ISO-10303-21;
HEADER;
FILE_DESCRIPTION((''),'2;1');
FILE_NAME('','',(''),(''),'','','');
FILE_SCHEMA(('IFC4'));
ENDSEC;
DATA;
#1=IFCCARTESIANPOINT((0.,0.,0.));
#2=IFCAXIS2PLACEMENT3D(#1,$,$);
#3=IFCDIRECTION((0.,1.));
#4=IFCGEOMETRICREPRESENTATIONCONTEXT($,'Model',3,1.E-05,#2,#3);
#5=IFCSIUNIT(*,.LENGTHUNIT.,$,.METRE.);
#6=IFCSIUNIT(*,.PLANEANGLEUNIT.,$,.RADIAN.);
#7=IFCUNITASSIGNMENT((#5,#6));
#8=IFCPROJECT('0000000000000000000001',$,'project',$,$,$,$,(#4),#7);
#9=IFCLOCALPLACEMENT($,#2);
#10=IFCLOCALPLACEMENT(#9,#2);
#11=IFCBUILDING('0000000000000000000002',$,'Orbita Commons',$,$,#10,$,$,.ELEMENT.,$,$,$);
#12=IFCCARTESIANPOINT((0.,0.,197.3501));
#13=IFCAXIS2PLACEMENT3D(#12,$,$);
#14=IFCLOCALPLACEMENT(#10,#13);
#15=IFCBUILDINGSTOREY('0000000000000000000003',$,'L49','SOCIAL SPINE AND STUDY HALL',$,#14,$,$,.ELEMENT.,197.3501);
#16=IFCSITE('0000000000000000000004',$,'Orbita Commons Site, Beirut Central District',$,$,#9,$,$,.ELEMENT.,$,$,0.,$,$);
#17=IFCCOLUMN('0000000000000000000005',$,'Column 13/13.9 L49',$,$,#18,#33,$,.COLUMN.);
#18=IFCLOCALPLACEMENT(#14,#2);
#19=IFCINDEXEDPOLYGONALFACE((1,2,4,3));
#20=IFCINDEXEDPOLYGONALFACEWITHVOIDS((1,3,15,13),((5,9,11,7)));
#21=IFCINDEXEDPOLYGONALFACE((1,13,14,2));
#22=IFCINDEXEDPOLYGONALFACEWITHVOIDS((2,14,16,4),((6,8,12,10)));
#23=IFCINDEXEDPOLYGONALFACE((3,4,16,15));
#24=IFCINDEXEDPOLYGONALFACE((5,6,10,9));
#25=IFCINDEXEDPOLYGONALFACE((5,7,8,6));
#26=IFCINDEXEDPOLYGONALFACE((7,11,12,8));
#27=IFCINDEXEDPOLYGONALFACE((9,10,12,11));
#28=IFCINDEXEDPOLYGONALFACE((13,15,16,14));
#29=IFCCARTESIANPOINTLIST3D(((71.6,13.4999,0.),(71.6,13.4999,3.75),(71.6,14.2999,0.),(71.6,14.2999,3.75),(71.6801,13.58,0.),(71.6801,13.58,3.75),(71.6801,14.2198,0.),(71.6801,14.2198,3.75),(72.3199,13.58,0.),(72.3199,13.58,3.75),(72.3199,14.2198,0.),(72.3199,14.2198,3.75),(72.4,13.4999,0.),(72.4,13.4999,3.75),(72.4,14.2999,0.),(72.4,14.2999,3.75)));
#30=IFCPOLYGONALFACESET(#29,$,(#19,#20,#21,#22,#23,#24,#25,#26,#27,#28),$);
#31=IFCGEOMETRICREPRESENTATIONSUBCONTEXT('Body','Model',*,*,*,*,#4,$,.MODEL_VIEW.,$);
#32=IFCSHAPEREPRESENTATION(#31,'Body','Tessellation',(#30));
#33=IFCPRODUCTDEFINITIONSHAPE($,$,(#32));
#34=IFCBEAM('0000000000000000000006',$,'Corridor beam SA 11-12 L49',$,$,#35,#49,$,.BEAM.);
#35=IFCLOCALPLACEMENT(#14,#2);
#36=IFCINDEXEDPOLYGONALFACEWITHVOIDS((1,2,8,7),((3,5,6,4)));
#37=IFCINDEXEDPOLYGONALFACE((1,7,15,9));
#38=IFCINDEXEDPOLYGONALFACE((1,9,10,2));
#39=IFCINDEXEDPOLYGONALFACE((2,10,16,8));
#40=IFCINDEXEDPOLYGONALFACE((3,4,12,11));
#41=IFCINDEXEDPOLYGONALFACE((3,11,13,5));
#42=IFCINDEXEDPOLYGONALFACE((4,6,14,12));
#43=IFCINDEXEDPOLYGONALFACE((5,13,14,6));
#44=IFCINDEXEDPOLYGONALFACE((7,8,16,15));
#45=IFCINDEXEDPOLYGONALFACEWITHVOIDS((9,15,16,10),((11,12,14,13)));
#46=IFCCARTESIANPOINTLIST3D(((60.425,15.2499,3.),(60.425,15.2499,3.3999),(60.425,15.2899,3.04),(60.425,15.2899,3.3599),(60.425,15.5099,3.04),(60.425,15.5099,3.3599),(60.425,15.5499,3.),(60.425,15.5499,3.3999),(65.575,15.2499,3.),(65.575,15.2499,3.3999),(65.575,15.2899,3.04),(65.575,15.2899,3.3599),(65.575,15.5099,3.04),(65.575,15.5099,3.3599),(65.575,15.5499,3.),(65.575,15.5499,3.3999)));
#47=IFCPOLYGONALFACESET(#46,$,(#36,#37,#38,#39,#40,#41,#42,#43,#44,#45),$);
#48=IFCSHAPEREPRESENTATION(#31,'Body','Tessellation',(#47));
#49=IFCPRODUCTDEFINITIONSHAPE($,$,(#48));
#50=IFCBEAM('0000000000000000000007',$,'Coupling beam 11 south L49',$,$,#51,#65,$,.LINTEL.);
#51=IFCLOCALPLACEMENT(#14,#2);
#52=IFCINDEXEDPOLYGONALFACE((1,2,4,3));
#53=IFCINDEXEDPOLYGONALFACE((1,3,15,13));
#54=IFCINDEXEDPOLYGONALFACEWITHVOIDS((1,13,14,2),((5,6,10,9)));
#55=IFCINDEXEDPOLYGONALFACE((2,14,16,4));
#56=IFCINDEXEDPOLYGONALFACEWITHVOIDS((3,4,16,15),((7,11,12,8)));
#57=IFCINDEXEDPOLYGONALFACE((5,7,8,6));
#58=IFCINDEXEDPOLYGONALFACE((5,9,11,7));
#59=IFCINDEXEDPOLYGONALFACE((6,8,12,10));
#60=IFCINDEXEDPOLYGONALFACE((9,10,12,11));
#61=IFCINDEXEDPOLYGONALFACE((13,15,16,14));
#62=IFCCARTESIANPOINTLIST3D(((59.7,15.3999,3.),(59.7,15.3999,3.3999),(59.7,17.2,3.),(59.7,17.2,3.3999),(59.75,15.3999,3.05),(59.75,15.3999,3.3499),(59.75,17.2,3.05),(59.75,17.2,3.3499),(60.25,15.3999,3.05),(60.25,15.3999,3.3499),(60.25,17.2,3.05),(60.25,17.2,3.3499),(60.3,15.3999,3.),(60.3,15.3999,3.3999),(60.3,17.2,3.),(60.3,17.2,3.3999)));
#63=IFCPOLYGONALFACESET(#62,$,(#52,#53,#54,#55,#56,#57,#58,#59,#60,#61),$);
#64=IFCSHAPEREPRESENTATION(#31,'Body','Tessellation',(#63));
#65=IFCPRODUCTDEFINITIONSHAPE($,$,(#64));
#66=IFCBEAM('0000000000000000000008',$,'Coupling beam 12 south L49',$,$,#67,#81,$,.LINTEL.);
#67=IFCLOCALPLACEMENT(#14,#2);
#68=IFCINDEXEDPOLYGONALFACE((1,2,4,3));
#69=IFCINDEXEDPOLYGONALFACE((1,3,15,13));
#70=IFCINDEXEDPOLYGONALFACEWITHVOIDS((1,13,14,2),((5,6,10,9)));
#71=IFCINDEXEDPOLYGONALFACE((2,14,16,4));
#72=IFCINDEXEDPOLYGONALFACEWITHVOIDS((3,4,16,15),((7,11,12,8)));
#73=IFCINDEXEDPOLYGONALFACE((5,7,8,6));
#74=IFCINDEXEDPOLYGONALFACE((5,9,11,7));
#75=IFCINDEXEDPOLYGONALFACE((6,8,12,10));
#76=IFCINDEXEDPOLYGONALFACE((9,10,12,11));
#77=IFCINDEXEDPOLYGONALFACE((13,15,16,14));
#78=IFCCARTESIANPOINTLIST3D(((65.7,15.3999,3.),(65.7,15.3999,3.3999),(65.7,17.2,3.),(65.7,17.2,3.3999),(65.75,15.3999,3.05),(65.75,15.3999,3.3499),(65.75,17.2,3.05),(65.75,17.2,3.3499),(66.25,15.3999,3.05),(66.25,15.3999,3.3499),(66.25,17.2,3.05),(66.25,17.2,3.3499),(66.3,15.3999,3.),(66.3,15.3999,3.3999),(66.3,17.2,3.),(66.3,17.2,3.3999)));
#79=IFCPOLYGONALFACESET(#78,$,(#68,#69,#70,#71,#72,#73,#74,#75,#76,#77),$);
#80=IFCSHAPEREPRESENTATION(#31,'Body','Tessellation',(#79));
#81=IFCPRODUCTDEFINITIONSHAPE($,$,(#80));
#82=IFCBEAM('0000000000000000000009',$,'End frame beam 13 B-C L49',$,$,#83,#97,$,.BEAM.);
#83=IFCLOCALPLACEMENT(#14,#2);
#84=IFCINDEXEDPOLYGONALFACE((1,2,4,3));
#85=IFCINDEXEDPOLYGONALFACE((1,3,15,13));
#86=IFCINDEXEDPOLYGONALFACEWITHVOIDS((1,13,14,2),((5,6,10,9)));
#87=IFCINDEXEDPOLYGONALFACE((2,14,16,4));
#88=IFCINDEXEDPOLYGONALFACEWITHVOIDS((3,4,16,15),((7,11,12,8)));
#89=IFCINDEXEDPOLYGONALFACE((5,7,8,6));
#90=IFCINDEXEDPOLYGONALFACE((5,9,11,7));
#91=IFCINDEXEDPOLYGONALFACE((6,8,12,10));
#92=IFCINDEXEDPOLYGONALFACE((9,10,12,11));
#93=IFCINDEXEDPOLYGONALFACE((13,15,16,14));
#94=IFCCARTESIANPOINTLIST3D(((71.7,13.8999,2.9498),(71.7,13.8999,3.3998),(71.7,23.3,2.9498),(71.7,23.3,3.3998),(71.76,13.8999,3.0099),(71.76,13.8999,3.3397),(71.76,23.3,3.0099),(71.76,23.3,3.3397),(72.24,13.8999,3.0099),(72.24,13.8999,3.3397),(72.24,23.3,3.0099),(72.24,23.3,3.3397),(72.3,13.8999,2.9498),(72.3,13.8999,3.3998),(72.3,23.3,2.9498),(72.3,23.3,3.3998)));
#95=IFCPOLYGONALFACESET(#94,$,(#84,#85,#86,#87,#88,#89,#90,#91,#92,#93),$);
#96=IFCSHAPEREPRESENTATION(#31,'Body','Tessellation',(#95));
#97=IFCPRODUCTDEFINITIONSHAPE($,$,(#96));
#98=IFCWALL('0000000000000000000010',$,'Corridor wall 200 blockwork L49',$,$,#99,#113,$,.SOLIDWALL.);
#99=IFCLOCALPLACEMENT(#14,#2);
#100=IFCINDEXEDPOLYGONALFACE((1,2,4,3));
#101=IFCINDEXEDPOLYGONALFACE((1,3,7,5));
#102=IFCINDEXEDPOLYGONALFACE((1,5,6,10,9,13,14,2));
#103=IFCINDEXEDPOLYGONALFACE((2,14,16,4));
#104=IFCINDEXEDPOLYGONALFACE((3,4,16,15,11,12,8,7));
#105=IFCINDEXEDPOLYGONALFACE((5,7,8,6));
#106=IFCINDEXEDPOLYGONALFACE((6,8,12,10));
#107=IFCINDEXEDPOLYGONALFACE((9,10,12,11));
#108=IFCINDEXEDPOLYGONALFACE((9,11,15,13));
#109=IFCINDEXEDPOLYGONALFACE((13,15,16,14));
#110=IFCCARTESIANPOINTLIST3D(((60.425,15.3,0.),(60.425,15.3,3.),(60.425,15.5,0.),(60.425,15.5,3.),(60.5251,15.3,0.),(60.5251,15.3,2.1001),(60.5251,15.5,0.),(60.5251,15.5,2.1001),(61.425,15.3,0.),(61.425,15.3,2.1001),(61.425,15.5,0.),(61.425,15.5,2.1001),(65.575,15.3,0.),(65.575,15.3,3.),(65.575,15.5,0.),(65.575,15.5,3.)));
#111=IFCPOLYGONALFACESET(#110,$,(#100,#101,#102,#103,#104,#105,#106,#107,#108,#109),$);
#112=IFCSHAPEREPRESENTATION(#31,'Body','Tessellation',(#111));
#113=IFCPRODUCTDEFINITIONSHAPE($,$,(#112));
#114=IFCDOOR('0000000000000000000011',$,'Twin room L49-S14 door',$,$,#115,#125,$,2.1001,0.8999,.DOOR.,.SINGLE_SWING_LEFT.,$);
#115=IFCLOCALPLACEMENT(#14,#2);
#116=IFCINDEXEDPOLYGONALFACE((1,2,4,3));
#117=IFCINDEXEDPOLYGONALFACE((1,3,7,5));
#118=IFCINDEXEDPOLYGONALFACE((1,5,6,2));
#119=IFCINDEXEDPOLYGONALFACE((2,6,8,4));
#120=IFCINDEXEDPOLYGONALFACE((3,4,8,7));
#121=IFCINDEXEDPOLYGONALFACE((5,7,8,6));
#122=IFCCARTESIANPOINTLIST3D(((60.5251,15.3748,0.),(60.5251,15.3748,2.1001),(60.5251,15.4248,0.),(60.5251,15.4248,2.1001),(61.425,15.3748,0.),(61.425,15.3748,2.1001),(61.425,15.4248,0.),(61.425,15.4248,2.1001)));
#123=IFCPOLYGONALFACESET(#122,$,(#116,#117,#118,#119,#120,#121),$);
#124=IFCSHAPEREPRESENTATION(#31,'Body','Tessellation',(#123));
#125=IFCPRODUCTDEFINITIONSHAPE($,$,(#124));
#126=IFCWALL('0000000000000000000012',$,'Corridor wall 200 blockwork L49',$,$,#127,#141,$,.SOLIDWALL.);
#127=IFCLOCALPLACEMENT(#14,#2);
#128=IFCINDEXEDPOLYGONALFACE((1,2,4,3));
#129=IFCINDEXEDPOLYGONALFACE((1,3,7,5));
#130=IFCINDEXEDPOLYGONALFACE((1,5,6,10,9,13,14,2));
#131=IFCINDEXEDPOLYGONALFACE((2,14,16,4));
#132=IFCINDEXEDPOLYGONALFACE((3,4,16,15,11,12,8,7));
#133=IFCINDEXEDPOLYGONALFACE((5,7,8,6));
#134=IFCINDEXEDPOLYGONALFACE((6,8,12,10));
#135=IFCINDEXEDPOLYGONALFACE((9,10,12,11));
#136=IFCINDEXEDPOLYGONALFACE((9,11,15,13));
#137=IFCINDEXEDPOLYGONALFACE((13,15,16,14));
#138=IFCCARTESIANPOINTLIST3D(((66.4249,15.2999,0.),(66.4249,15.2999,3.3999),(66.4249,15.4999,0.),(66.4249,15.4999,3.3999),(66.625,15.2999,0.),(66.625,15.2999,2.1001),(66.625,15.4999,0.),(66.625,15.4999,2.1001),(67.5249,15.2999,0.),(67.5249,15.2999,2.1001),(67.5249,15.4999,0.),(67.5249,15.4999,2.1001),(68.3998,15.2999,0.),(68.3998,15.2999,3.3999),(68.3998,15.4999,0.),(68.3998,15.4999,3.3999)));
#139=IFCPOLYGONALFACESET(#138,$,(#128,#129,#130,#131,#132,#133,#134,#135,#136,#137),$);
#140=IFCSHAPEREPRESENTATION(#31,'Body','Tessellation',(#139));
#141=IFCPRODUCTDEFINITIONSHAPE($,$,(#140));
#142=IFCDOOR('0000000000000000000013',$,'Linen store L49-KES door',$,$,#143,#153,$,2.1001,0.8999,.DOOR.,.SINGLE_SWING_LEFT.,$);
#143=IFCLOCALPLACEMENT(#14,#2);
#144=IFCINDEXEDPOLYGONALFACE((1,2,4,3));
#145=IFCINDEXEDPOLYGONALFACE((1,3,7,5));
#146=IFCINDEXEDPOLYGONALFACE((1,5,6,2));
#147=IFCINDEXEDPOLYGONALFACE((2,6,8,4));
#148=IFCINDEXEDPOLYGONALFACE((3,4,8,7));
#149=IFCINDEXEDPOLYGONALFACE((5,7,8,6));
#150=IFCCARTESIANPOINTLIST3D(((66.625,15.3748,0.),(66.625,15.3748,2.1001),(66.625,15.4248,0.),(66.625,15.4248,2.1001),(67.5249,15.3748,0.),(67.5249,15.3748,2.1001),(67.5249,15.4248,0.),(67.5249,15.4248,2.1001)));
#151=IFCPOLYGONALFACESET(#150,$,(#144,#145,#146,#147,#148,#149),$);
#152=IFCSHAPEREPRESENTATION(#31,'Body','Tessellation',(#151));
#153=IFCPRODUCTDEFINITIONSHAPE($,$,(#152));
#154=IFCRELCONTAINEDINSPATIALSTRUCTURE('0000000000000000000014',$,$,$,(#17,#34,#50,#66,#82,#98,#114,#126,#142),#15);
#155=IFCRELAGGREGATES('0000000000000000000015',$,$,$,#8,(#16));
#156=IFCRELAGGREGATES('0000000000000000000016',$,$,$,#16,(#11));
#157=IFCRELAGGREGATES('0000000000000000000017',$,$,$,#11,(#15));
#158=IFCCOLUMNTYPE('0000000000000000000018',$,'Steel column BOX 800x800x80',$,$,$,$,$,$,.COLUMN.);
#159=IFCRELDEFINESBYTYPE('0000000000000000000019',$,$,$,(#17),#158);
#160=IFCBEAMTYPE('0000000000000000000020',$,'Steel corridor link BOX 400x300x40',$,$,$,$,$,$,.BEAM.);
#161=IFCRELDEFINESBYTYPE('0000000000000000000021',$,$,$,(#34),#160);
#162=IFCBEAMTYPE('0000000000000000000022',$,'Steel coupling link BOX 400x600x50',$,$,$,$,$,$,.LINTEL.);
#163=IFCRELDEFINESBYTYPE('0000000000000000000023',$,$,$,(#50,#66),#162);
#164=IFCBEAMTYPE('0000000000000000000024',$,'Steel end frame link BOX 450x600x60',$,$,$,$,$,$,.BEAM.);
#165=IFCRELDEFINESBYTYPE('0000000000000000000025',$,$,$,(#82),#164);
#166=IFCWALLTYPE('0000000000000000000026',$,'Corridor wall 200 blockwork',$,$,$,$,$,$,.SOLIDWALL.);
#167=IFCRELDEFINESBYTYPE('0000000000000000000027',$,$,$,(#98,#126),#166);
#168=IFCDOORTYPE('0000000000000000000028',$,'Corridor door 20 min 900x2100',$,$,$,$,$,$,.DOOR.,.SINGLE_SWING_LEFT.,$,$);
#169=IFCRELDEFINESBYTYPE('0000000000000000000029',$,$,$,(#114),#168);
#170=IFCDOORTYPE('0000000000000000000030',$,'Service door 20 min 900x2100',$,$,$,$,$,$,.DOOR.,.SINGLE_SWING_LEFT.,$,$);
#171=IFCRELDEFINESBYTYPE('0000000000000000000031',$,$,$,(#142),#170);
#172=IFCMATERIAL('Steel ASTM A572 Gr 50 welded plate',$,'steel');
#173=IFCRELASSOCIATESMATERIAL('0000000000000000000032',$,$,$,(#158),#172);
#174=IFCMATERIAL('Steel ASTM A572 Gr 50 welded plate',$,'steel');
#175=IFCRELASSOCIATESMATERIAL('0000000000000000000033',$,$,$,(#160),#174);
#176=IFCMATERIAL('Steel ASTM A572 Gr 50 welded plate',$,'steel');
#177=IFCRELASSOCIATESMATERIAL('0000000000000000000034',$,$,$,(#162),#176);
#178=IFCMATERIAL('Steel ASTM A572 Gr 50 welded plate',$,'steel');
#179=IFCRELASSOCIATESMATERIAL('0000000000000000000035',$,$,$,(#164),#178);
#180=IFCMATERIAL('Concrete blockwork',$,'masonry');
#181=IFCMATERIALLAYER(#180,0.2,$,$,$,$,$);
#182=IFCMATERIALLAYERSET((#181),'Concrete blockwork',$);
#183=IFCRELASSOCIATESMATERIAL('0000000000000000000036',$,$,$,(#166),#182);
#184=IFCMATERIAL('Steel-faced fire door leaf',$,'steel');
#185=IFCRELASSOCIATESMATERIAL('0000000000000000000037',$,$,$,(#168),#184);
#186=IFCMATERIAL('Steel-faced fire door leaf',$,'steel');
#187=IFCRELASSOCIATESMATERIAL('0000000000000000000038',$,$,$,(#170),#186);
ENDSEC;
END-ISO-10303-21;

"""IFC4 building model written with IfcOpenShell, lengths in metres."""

from ifc_helpers import new_model, si_unit, direction, frame, frame_2d, origin, origin_2d, place, context, subcontext, project, spatial, polyline, rectangle, hollow_rectangle, outline, extrude, material, layer, layer_set, material_profile, profile_set, type_object, element, fill, save


model = new_model("IFC4")

# Units and contexts
model_context = context("Model", 3, precision=1e-05, world=origin(), true_north=direction((0.0, 1.0)))
body_context = subcontext(model_context, "Body", "Model", "MODEL_VIEW")
ifc_project = project(units=[si_unit("LENGTHUNIT", "METRE"), si_unit("PLANEANGLEUNIT", "RADIAN")], contexts=[model_context])

# Site, building, storey
site_placement = place(None, origin())
site = spatial("IfcSite", under=ifc_project, at=site_placement, Name="Orbita Commons Site, Beirut Central District", CompositionType="ELEMENT", RefElevation=0.0)
building_placement = place(site_placement, origin())
building = spatial("IfcBuilding", under=site, at=building_placement, Name="Orbita Commons", CompositionType="ELEMENT")
storey_placement = place(building_placement, frame((0.0, 0.0, 197.3501)))
storey = spatial("IfcBuildingStorey", under=building, at=storey_placement, Name="L49", Description="SOCIAL SPINE AND STUDY HALL", CompositionType="ELEMENT", Elevation=197.3501)

# Column
ifc_material_1 = material(Name="Steel ASTM A572 Gr 50 welded plate", Category="steel")
ifc_material_profile_1 = material_profile(ifc_material_1, hollow_rectangle(XDim=0.8, YDim=0.8, WallThickness=0.0801, at=origin_2d()), Name="BOX 800x800x80")
ifc_profile_set_1 = profile_set([ifc_material_profile_1], Name="Steel ASTM A572 Gr 50 welded plate")
column_type = type_object("IfcColumnType", Name="Steel column BOX 800x800x80", PredefinedType="COLUMN", material=ifc_profile_set_1)
column_placement = place(storey_placement, frame((72.0, 13.8999, 0.0), z_axis=(0.0, 0.0, 1.0), x_axis=(1.0, 0.0, 0.0)))
element("IfcColumn", 1, at=column_placement, inside=storey, type_object=column_type, Name="Column 13/13.9 L49", PredefinedType="COLUMN", context=body_context, shape_type="SweptSolid", body=[
    extrude(hollow_rectangle(XDim=0.8, YDim=0.8, WallThickness=0.0801, at=origin_2d()), origin(), (0.0, 0.0, 1.0), 3.75),
])

# Beams
ifc_material_2 = material(Name="Steel ASTM A572 Gr 50 welded plate", Category="steel")
ifc_material_profile_2 = material_profile(ifc_material_2, hollow_rectangle(XDim=0.3, YDim=0.3999, WallThickness=0.04, at=origin_2d()), Name="BOX 400x300x40")
ifc_profile_set_2 = profile_set([ifc_material_profile_2], Name="Steel ASTM A572 Gr 50 welded plate")
beam_type_1 = type_object("IfcBeamType", Name="Steel corridor link BOX 400x300x40", PredefinedType="BEAM", material=ifc_profile_set_2)
beam_1_placement = place(storey_placement, frame((60.425, 15.3999, 3.2), z_axis=(1.0, 0.0, 0.0), x_axis=(0.0, 1.0, 0.0)))
element("IfcBeam", 2, at=beam_1_placement, inside=storey, type_object=beam_type_1, Name="Corridor beam SA 11-12 L49", PredefinedType="BEAM", context=body_context, shape_type="SweptSolid", body=[
    extrude(hollow_rectangle(XDim=0.3, YDim=0.3999, WallThickness=0.04, at=origin_2d()), origin(), (0.0, 0.0, 1.0), 5.1499),
])
ifc_material_3 = material(Name="Steel ASTM A572 Gr 50 welded plate", Category="steel")
ifc_material_profile_3 = material_profile(ifc_material_3, hollow_rectangle(XDim=0.6001, YDim=0.3999, WallThickness=0.05, at=origin_2d()), Name="BOX 400x600x50")
ifc_profile_set_3 = profile_set([ifc_material_profile_3], Name="Steel ASTM A572 Gr 50 welded plate")
beam_type_2 = type_object("IfcBeamType", Name="Steel coupling link BOX 400x600x50", PredefinedType="LINTEL", material=ifc_profile_set_3)
for number, where, z_axis, x_axis, name in (
    (3, (60.0, 15.3999, 3.2), (0.0, 1.0, 0.0), (-1.0, 0.0, 0.0), "Coupling beam 11 south L49"),
    (4, (66.0, 15.3999, 3.2), (0.0, 1.0, 0.0), (-1.0, 0.0, 0.0), "Coupling beam 12 south L49"),
):
    element("IfcBeam", number, at=place(storey_placement, frame(where, z_axis=z_axis, x_axis=x_axis)), inside=storey, type_object=beam_type_2, Name=name, PredefinedType="LINTEL", context=body_context, shape_type="SweptSolid", body=[
        extrude(hollow_rectangle(XDim=0.6001, YDim=0.3999, WallThickness=0.05, at=origin_2d()), origin(), (0.0, 0.0, 1.0), 1.8),
    ])
ifc_material_4 = material(Name="Steel ASTM A572 Gr 50 welded plate", Category="steel")
ifc_material_profile_4 = material_profile(ifc_material_4, hollow_rectangle(XDim=0.6001, YDim=0.45, WallThickness=0.0601, at=origin_2d()), Name="BOX 450x600x60")
ifc_profile_set_4 = profile_set([ifc_material_profile_4], Name="Steel ASTM A572 Gr 50 welded plate")
beam_type_3 = type_object("IfcBeamType", Name="Steel end frame link BOX 450x600x60", PredefinedType="BEAM", material=ifc_profile_set_4)
beam_2_placement = place(storey_placement, frame((72.0, 13.8999, 3.1748), z_axis=(0.0, 1.0, 0.0), x_axis=(-1.0, 0.0, 0.0)))
element("IfcBeam", 5, at=beam_2_placement, inside=storey, type_object=beam_type_3, Name="End frame beam 13 B-C L49", PredefinedType="BEAM", context=body_context, shape_type="SweptSolid", body=[
    extrude(hollow_rectangle(XDim=0.6001, YDim=0.45, WallThickness=0.0601, at=origin_2d()), origin(), (0.0, 0.0, 1.0), 9.4001),
])

# Walls, openings, doors
ifc_material_5 = material(Name="Concrete blockwork", Category="masonry")
ifc_layer_1 = layer(ifc_material_5, 0.2)
ifc_layer_set_1 = layer_set([ifc_layer_1], Name="Concrete blockwork")
wall_type_1 = type_object("IfcWallType", Name="Corridor wall 200 blockwork", PredefinedType="SOLIDWALL", material=ifc_layer_set_1)
wall_1_placement = place(storey_placement, frame((60.425, 15.3999, 0.0), z_axis=(0.0, 0.0, 1.0), x_axis=(1.0, 0.0, 0.0)))
wall_1 = element("IfcWall", 6, at=wall_1_placement, inside=storey, type_object=wall_type_1, Name="Corridor wall 200 blockwork L49", PredefinedType="SOLIDWALL", context=body_context, shape_type="SweptSolid", body=[
    extrude(outline(polyline([(0.0, 0.0), (5.1499, 0.0), (5.1499, 3.0), (0.0, 3.0), (0.0, 0.0)])), frame((0.0, 0.1001, 0.0), z_axis=(0.0, -1.0, 0.0), x_axis=(1.0, 0.0, 0.0)), (0.0, 0.0, 1.0), 0.2),
])
opening_1_placement = place(wall_1_placement, frame((0.1001, 0.0, 0.0)))
opening_1 = element("IfcOpeningElement", 7, at=opening_1_placement, cuts=wall_1, PredefinedType="OPENING", context=body_context, shape_type="SweptSolid", body=[
    extrude(rectangle(XDim=0.8999, YDim=2.1001, at=frame_2d((0.45, 1.05))), frame((0.0, 0.1099, 0.0), z_axis=(0.0, -1.0, 0.0), x_axis=(1.0, 0.0, 0.0)), (0.0, 0.0, 1.0), 0.22),
])
ifc_material_6 = material(Name="Steel-faced fire door leaf", Category="steel")
door_type_1 = type_object("IfcDoorType", Name="Corridor door 20 min 900x2100", OperationType="SINGLE_SWING_LEFT", PredefinedType="DOOR", material=ifc_material_6)
door_1_placement = place(opening_1_placement, origin())
door_1 = element("IfcDoor", 8, at=door_1_placement, inside=storey, type_object=door_type_1, Name="Twin room L49-S14 door", OperationType="SINGLE_SWING_LEFT", OverallHeight=2.1001, OverallWidth=0.8999, PredefinedType="DOOR", context=body_context, shape_type="SweptSolid", body=[
    extrude(rectangle(XDim=0.8999, YDim=2.1001, at=frame_2d((0.45, 1.05))), frame((0.0, 0.0249, 0.0), z_axis=(0.0, -1.0, 0.0), x_axis=(1.0, 0.0, 0.0)), (0.0, 0.0, 1.0), 0.05),
])
fill(opening_1, door_1)
wall_2_placement = place(storey_placement, frame((66.425, 15.3999, 0.0), z_axis=(0.0, 0.0, 1.0), x_axis=(1.0, 0.0, 0.0)))
wall_2 = element("IfcWall", 9, at=wall_2_placement, inside=storey, type_object=wall_type_1, Name="Corridor wall 200 blockwork L49", PredefinedType="SOLIDWALL", context=body_context, shape_type="SweptSolid", body=[
    extrude(rectangle(XDim=1.9749, YDim=0.2, at=frame_2d((0.9873, 0.0))), origin(), (0.0, 0.0, 1.0), 3.3999),
])
opening_2_placement = place(wall_2_placement, frame((0.2, 0.0, 0.0)))
opening_2 = element("IfcOpeningElement", 10, at=opening_2_placement, cuts=wall_2, PredefinedType="OPENING", context=body_context, shape_type="SweptSolid", body=[
    extrude(rectangle(XDim=0.8999, YDim=2.1001, at=frame_2d((0.45, 1.05))), frame((0.0, 0.1099, 0.0), z_axis=(0.0, -1.0, 0.0), x_axis=(1.0, 0.0, 0.0)), (0.0, 0.0, 1.0), 0.22),
])
ifc_material_7 = material(Name="Steel-faced fire door leaf", Category="steel")
door_type_2 = type_object("IfcDoorType", Name="Service door 20 min 900x2100", OperationType="SINGLE_SWING_LEFT", PredefinedType="DOOR", material=ifc_material_7)
door_2_placement = place(opening_2_placement, origin())
door_2 = element("IfcDoor", 11, at=door_2_placement, inside=storey, type_object=door_type_2, Name="Linen store L49-KES door", OperationType="SINGLE_SWING_LEFT", OverallHeight=2.1001, OverallWidth=0.8999, PredefinedType="DOOR", context=body_context, shape_type="SweptSolid", body=[
    extrude(rectangle(XDim=0.8999, YDim=2.1001, at=frame_2d((0.45, 1.05))), frame((0.0, 0.0249, 0.0), z_axis=(0.0, -1.0, 0.0), x_axis=(1.0, 0.0, 0.0)), (0.0, 0.0, 1.0), 0.05),
])
fill(opening_2, door_2)

save(model, "model.ifc")
